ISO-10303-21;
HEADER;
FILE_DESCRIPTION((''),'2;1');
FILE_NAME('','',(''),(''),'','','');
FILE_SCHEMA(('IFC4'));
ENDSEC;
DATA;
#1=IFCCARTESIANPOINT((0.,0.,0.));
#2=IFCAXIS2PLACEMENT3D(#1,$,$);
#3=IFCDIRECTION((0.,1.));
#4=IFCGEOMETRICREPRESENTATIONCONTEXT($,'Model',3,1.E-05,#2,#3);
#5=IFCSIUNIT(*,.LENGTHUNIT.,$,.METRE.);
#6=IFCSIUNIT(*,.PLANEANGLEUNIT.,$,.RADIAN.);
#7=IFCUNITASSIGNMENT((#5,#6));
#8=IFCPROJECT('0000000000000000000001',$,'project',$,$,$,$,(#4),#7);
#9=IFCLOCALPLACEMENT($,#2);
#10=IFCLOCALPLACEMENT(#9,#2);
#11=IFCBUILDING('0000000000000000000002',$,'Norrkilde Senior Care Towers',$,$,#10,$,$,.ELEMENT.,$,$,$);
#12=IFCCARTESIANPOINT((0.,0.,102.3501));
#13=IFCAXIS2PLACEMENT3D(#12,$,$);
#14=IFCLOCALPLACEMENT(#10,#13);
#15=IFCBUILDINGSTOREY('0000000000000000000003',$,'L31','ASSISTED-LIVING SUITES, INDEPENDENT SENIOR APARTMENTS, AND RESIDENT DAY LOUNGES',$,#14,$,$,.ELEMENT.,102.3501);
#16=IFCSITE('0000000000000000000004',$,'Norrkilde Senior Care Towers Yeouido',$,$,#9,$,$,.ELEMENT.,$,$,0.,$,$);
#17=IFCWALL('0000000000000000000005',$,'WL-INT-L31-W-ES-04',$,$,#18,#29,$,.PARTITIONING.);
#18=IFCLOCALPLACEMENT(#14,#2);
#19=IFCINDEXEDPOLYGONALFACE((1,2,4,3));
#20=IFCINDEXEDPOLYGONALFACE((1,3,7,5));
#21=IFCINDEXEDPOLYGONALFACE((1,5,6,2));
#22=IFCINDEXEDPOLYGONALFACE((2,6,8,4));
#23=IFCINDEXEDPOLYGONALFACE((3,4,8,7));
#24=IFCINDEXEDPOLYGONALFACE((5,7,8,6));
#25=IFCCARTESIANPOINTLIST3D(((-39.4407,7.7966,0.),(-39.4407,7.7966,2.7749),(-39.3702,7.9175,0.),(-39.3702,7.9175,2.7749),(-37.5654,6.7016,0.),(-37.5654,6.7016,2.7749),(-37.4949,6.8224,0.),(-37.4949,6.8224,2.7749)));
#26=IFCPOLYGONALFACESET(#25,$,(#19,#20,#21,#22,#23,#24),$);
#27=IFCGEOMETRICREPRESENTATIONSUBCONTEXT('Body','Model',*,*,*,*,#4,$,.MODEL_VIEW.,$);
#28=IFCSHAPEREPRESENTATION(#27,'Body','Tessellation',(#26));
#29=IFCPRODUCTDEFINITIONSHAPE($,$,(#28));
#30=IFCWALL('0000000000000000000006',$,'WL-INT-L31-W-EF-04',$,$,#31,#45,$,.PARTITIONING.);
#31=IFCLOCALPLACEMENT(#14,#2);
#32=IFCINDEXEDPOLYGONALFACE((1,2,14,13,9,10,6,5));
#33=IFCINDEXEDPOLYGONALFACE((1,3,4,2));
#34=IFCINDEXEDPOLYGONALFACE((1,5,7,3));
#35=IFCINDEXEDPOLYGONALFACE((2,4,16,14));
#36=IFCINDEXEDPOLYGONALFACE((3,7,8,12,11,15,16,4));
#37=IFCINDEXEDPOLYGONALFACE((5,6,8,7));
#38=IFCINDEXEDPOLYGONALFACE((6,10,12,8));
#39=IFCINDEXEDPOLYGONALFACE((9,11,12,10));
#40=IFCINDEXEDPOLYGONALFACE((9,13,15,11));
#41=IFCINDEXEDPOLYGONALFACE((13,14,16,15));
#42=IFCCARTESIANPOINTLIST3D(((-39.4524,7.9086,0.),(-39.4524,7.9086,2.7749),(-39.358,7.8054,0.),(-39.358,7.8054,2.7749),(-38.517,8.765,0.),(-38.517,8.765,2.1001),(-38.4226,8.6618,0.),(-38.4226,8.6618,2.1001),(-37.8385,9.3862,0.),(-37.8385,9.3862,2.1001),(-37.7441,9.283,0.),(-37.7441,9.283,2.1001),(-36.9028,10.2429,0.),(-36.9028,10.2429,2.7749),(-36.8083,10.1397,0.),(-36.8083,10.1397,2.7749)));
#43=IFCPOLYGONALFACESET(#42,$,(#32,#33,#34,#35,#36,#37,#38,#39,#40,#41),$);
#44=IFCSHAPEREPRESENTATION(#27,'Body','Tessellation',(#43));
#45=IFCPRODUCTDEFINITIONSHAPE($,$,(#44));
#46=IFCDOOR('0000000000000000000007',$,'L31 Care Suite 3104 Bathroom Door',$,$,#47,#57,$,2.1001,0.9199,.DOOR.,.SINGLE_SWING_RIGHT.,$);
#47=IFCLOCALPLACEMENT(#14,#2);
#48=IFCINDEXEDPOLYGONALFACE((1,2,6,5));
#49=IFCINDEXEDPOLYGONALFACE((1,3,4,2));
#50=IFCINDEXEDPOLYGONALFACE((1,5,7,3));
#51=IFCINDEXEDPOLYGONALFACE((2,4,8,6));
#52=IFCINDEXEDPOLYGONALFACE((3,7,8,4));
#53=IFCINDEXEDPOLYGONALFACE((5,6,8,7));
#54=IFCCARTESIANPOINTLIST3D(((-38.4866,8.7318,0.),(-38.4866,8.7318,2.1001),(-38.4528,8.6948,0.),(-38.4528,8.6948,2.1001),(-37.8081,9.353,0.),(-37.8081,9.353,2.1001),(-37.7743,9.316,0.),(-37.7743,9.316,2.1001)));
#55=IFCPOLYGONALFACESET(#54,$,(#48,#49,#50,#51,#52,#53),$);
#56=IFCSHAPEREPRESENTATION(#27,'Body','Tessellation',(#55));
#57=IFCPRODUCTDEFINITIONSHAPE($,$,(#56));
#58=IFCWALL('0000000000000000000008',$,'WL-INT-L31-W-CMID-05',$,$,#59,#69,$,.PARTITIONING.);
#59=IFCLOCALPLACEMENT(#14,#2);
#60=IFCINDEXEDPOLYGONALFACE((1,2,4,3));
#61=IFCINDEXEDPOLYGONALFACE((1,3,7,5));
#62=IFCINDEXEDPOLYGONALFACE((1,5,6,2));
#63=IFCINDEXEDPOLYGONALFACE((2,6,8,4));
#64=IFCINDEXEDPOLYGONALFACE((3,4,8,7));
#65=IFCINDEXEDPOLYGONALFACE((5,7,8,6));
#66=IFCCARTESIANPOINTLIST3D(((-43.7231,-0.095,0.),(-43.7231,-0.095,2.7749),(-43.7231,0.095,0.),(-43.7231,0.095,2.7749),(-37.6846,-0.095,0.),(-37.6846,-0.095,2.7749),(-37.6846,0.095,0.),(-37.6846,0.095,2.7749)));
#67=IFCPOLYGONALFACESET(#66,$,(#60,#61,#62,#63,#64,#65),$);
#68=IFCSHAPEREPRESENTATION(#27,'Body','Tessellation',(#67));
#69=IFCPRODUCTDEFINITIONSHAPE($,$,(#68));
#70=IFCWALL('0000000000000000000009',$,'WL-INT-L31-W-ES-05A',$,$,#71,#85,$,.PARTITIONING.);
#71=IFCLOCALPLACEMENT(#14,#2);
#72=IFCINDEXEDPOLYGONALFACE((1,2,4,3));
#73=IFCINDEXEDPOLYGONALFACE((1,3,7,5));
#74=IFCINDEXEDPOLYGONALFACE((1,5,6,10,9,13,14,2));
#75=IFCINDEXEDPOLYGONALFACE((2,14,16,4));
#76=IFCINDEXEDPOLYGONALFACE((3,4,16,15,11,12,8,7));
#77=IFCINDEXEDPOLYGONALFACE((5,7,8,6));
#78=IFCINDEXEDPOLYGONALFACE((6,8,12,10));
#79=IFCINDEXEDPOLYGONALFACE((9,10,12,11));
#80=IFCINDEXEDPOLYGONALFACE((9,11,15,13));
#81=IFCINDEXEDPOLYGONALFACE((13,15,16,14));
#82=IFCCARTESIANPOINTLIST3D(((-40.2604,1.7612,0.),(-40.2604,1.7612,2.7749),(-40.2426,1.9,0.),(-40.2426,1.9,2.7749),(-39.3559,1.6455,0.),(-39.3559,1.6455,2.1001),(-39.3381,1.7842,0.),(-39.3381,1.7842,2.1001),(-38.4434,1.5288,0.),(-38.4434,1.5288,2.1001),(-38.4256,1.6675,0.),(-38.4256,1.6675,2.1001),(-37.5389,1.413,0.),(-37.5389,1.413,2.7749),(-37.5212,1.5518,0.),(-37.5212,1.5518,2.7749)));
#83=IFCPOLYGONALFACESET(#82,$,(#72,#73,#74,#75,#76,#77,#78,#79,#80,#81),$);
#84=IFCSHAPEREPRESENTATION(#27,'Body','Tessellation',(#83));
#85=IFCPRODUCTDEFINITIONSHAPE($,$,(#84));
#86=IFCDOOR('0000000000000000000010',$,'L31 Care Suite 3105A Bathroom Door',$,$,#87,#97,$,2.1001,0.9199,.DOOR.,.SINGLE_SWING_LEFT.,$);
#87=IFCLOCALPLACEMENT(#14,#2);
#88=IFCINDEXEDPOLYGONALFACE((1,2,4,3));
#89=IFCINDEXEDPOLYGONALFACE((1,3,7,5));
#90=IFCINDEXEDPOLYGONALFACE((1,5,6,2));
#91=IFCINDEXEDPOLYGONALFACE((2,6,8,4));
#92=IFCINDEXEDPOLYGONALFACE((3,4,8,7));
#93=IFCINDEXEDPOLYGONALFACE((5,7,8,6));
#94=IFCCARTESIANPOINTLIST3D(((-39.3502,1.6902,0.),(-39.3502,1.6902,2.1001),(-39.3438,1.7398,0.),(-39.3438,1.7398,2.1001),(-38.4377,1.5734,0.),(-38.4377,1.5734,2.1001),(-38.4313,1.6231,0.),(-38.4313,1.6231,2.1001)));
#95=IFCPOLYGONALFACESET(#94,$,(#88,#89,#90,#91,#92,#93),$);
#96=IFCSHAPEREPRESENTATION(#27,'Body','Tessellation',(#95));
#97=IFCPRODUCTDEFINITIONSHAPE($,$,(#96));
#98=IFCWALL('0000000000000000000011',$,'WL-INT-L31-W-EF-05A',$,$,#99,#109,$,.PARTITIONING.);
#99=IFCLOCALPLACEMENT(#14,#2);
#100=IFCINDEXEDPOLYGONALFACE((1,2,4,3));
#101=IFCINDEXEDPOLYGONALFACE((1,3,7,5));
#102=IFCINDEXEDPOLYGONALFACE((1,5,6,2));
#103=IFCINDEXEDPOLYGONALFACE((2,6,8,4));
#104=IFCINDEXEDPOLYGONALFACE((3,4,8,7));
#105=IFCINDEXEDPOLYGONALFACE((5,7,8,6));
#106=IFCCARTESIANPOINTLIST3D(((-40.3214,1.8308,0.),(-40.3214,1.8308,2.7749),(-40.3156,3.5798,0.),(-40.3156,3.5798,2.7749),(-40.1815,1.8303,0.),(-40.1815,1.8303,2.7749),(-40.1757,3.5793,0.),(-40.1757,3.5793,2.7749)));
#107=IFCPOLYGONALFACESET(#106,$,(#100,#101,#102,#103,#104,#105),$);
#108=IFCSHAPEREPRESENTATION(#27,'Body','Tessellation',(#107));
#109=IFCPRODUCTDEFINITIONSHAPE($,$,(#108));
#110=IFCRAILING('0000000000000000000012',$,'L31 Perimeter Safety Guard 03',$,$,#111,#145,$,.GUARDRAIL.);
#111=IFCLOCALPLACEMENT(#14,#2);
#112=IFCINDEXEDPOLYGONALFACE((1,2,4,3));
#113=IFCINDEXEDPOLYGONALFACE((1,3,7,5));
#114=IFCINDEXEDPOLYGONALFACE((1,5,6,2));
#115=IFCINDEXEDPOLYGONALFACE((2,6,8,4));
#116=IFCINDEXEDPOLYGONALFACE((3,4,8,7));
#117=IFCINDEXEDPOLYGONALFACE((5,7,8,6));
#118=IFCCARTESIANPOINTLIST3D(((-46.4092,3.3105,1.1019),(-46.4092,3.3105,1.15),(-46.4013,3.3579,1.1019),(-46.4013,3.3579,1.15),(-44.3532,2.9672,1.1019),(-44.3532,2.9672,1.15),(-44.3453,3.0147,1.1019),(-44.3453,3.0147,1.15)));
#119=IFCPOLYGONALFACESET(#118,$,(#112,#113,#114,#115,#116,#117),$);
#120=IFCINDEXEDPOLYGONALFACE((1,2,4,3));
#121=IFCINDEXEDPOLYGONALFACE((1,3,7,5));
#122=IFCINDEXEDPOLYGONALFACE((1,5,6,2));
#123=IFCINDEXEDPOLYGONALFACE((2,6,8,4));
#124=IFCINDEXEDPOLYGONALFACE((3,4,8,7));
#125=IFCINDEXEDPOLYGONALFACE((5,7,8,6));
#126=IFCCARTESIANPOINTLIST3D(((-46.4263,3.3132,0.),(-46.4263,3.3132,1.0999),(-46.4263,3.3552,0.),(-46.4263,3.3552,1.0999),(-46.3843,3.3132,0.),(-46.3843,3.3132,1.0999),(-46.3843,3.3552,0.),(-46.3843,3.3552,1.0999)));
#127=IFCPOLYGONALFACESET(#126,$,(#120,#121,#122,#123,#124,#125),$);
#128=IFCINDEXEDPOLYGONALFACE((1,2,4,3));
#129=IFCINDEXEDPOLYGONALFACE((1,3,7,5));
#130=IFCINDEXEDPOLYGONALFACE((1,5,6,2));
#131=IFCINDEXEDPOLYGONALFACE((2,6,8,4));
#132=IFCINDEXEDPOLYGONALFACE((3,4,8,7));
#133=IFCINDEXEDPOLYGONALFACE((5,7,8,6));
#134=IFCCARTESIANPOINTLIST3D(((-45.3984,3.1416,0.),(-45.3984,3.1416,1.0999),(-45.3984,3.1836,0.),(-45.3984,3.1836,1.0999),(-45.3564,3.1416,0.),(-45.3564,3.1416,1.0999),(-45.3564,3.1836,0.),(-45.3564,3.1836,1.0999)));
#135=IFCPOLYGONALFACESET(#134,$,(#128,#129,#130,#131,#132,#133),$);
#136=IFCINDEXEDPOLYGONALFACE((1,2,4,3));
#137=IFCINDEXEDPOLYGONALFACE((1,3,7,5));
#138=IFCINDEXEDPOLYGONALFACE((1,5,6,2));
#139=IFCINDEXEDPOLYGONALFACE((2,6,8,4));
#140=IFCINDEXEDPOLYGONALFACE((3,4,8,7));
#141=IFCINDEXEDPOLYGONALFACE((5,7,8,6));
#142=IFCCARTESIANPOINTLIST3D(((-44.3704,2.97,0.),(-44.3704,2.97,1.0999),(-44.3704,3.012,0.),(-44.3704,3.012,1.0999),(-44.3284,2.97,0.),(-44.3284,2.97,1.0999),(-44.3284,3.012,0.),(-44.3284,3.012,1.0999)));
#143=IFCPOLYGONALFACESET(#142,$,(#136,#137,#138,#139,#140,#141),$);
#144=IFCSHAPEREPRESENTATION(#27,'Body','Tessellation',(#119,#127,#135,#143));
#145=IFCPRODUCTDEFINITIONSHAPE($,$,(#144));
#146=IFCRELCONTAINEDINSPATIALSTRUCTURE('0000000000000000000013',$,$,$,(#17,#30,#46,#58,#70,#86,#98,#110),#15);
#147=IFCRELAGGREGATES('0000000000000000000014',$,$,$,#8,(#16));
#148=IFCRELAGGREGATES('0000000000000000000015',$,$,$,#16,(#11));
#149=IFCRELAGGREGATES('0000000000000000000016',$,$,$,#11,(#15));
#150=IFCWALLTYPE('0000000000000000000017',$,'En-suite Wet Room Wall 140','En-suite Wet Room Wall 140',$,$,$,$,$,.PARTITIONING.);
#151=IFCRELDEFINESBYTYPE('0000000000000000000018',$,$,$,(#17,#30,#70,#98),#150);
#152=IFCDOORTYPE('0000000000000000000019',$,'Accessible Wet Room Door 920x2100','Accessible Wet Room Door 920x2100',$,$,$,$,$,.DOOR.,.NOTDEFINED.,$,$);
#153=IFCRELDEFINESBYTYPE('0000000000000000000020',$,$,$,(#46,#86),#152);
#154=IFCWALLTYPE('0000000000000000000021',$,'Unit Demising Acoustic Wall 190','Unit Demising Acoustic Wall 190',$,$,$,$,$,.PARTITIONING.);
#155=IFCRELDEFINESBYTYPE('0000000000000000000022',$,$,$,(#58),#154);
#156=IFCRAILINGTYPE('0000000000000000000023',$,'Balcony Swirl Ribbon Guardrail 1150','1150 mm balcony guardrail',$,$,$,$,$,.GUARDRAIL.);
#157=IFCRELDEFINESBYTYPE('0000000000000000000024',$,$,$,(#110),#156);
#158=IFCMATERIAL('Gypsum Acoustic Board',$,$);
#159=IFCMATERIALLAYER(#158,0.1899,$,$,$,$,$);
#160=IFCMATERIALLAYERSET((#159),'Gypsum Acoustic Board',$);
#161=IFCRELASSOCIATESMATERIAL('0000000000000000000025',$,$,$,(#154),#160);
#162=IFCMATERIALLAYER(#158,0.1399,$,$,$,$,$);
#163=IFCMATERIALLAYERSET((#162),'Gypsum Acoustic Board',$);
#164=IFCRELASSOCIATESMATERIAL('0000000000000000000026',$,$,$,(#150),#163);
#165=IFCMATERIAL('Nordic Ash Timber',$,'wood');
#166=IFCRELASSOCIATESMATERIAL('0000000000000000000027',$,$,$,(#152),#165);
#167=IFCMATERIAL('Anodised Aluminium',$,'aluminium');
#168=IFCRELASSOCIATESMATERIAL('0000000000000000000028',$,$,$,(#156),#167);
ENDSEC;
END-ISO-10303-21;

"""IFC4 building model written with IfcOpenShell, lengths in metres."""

from ifc_helpers import new_model, si_unit, direction, frame, frame_2d, origin, origin_2d, place, context, subcontext, project, spatial, rectangle, extrude, source, transform, mapped, material, layer, layer_set, type_object, type_shapes, element, fill, save


model = new_model("IFC4")

# Units and contexts
model_context = context("Model", 3, precision=1e-05, world=origin(), true_north=direction((0.0, 1.0)))
body_context = subcontext(model_context, "Body", "Model", "MODEL_VIEW")
ifc_project = project(units=[si_unit("LENGTHUNIT", "METRE"), si_unit("PLANEANGLEUNIT", "RADIAN")], contexts=[model_context])

# Site, building, storey
site_placement = place(None, origin())
site = spatial("IfcSite", under=ifc_project, at=site_placement, Name="Norrkilde Senior Care Towers Yeouido", CompositionType="ELEMENT", RefElevation=0.0)
building_placement = place(site_placement, origin())
building = spatial("IfcBuilding", under=site, at=building_placement, Name="Norrkilde Senior Care Towers", CompositionType="ELEMENT")
storey_placement = place(building_placement, frame((0.0, 0.0, 102.3501)))
storey = spatial("IfcBuildingStorey", under=building, at=storey_placement, Name="L31", Description="ASSISTED-LIVING SUITES, INDEPENDENT SENIOR APARTMENTS, AND RESIDENT DAY LOUNGES", CompositionType="ELEMENT", Elevation=102.3501)

# Shared definitions
ifc_material_1 = material(Name="Anodised Aluminium", Category="aluminium")

# Wall
ifc_material_2 = material(Name="Gypsum Acoustic Board")
ifc_layer_1 = layer(ifc_material_2, 0.1899)
ifc_layer_set_1 = layer_set([ifc_layer_1], Name="Gypsum Acoustic Board")
wall_type_1 = type_object("IfcWallType", Name="Unit Demising Acoustic Wall 190", Description="Unit Demising Acoustic Wall 190", PredefinedType="PARTITIONING", material=ifc_layer_set_1)
ifc_layer_2 = layer(ifc_material_2, 0.1399)
ifc_layer_set_2 = layer_set([ifc_layer_2], Name="Gypsum Acoustic Board")
wall_type_2 = type_object("IfcWallType", Name="En-suite Wet Room Wall 140", Description="En-suite Wet Room Wall 140", PredefinedType="PARTITIONING", material=ifc_layer_set_2)
shared_shape_1 = source(origin(), body_context, "Body", "SweptSolid", [
    extrude(rectangle(XDim=2.1716, YDim=0.1399, at=frame_2d((1.0859, 0.0))), origin(), (0.0, 0.0, 1.0), 2.7749),
])
wall_1_placement = place(storey_placement, frame((-37.53, 6.762, 0.0), z_axis=(0.0, 0.0, 1.0), x_axis=(-0.863563, 0.504241, 0.0)))
element("IfcWall", 1, at=wall_1_placement, inside=storey, type_object=wall_type_2, Name="WL-INT-L31-W-ES-04", PredefinedType="PARTITIONING", context=body_context, shape_type="MappedRepresentation", body=[
    mapped(shared_shape_1, transform((0.0, 0.0, 0.0), x_axis=(1.0, 0.0, 0.0), y_axis=(0.0, 1.0, 0.0), z_axis=(0.0, 0.0, 1.0), scale=1.0)),
])

# Wall, opening, door
shared_shape_2 = source(origin(), body_context, "Body", "SweptSolid", [
    extrude(rectangle(XDim=3.4568, YDim=0.1399, at=frame_2d((1.7285, 0.0))), origin(), (0.0, 0.0, 1.0), 2.7749),
])
wall_2_placement = place(storey_placement, frame((-39.4053, 7.8569, 0.0), z_axis=(0.0, 0.0, 1.0), x_axis=(0.737567, 0.675274, 0.0)))
wall_2 = element("IfcWall", 2, at=wall_2_placement, inside=storey, type_object=wall_type_2, Name="WL-INT-L31-W-EF-04", PredefinedType="PARTITIONING", context=body_context, shape_type="MappedRepresentation", body=[
    mapped(shared_shape_2, transform((0.0, 0.0, 0.0), x_axis=(1.0, 0.0, 0.0), y_axis=(0.0, 1.0, 0.0), z_axis=(0.0, 0.0, 1.0), scale=1.0)),
])
opening_1_placement = place(wall_2_placement, frame((1.2683, 0.0, 0.0)))
opening_1 = element("IfcOpeningElement", 3, at=opening_1_placement, cuts=wall_2, PredefinedType="OPENING", context=body_context, shape_type="SweptSolid", body=[
    extrude(rectangle(XDim=0.9199, YDim=2.1001, at=frame_2d((0.46, 1.05))), frame((0.0, 0.0798, 0.0), z_axis=(0.0, -1.0, 0.0), x_axis=(1.0, 0.0, 0.0)), (0.0, 0.0, 1.0), 0.1599),
])
ifc_material_3 = material(Name="Nordic Ash Timber", Category="wood")
door_type = type_object("IfcDoorType", Name="Accessible Wet Room Door 920x2100", Description="Accessible Wet Room Door 920x2100", OperationType="NOTDEFINED", PredefinedType="DOOR", material=ifc_material_3)
shared_shape_3 = source(origin(), body_context, "Body", "SweptSolid", [
    extrude(rectangle(XDim=0.9199, YDim=2.1001, at=frame_2d((0.46, 1.05))), frame((0.0, 0.0249, 0.0), z_axis=(0.0, -1.0, 0.0), x_axis=(1.0, 0.0, 0.0)), (0.0, 0.0, 1.0), 0.05),
])
type_shapes(door_type, [shared_shape_3])
door_1_placement = place(opening_1_placement, origin())
door_1 = element("IfcDoor", 4, at=door_1_placement, inside=storey, type_object=door_type, Name="L31 Care Suite 3104 Bathroom Door", OperationType="SINGLE_SWING_RIGHT", OverallHeight=2.1001, OverallWidth=0.9199, PredefinedType="DOOR", context=body_context, shape_type="MappedRepresentation", body=[
    mapped(shared_shape_3, transform((0.0, 0.0, 0.0), x_axis=(1.0, 0.0, 0.0), y_axis=(0.0, 1.0, 0.0), z_axis=(0.0, 0.0, 1.0), scale=1.0)),
])
fill(opening_1, door_1)

# Wall
shared_shape_4 = source(origin(), body_context, "Body", "SweptSolid", [
    extrude(rectangle(XDim=6.0386, YDim=0.1899, at=frame_2d((3.0193, 0.0))), origin(), (0.0, 0.0, 1.0), 2.7749),
])
wall_3_placement = place(storey_placement, frame((-37.6846, 0.0, 0.0), z_axis=(0.0, 0.0, 1.0), x_axis=(-1.0, 0.0, 0.0)))
element("IfcWall", 5, at=wall_3_placement, inside=storey, type_object=wall_type_1, Name="WL-INT-L31-W-CMID-05", PredefinedType="PARTITIONING", context=body_context, shape_type="MappedRepresentation", body=[
    mapped(shared_shape_4, transform((0.0, 0.0, 0.0), x_axis=(1.0, 0.0, 0.0), y_axis=(0.0, 1.0, 0.0), z_axis=(0.0, 0.0, 1.0), scale=1.0)),
])

# Wall, opening, door
shared_shape_5 = source(origin(), body_context, "Body", "SweptSolid", [
    extrude(rectangle(XDim=2.7437, YDim=0.1399, at=frame_2d((1.3718, 0.0))), origin(), (0.0, 0.0, 1.0), 2.7749),
])
wall_4_placement = place(storey_placement, frame((-37.53, 1.4824, 0.0), z_axis=(0.0, 0.0, 1.0), x_axis=(-0.991916, 0.126893, 0.0)))
wall_4 = element("IfcWall", 6, at=wall_4_placement, inside=storey, type_object=wall_type_2, Name="WL-INT-L31-W-ES-05A", PredefinedType="PARTITIONING", context=body_context, shape_type="MappedRepresentation", body=[
    mapped(shared_shape_5, transform((0.0, 0.0, 0.0), x_axis=(1.0, 0.0, 0.0), y_axis=(0.0, 1.0, 0.0), z_axis=(0.0, 0.0, 1.0), scale=1.0)),
])
opening_2_placement = place(wall_4_placement, frame((0.9119, 0.0, 0.0)))
opening_2 = element("IfcOpeningElement", 7, at=opening_2_placement, cuts=wall_4, PredefinedType="OPENING", context=body_context, shape_type="SweptSolid", body=[
    extrude(rectangle(XDim=0.9199, YDim=2.1001, at=frame_2d((0.46, 1.05))), frame((0.0, 0.0798, 0.0), z_axis=(0.0, -1.0, 0.0), x_axis=(1.0, 0.0, 0.0)), (0.0, 0.0, 1.0), 0.1599),
])
door_2_placement = place(opening_2_placement, origin())
door_2 = element("IfcDoor", 8, at=door_2_placement, inside=storey, type_object=door_type, Name="L31 Care Suite 3105A Bathroom Door", OperationType="SINGLE_SWING_LEFT", OverallHeight=2.1001, OverallWidth=0.9199, PredefinedType="DOOR", context=body_context, shape_type="MappedRepresentation", body=[
    mapped(shared_shape_3, transform((0.0, 0.0, 0.0), x_axis=(1.0, 0.0, 0.0), y_axis=(0.0, 1.0, 0.0), z_axis=(0.0, 0.0, 1.0), scale=1.0)),
])
fill(opening_2, door_2)

# Wall
shared_shape_6 = source(origin(), body_context, "Body", "SweptSolid", [
    extrude(rectangle(XDim=1.749, YDim=0.1399, at=frame_2d((0.8745, 0.0))), origin(), (0.0, 0.0, 1.0), 2.7749),
])
type_shapes(wall_type_2, [shared_shape_1, shared_shape_2, shared_shape_5, shared_shape_6])
wall_5_placement = place(storey_placement, frame((-40.2515, 1.8306, 0.0), z_axis=(0.0, 0.0, 1.0), x_axis=(0.00335, 0.999994, 0.0)))
element("IfcWall", 9, at=wall_5_placement, inside=storey, type_object=wall_type_2, Name="WL-INT-L31-W-EF-05A", PredefinedType="PARTITIONING", context=body_context, shape_type="MappedRepresentation", body=[
    mapped(shared_shape_6, transform((0.0, 0.0, 0.0), x_axis=(1.0, 0.0, 0.0), y_axis=(0.0, 1.0, 0.0), z_axis=(0.0, 0.0, 1.0), scale=1.0)),
])

# Railing
railing_type = type_object("IfcRailingType", Name="Balcony Swirl Ribbon Guardrail 1150", Description="1150 mm balcony guardrail", PredefinedType="GUARDRAIL", material=ifc_material_1)
railing_placement = place(storey_placement, frame((-46.4053, 3.3342, 0.0)))
element("IfcRailing", 10, at=railing_placement, inside=storey, type_object=railing_type, Name="L31 Perimeter Safety Guard 03", PredefinedType="GUARDRAIL", context=body_context, shape_type="SweptSolid", body=[
    extrude(rectangle(XDim=0.0481, YDim=0.0481, at=origin_2d()), frame((0.0, 0.0, 1.126), z_axis=(0.986346, -0.164684, 0.0), x_axis=(0.164684, 0.986346, 0.0)), (0.0, 0.0, 1.0), 2.0845),
    extrude(rectangle(XDim=0.042, YDim=0.042, at=origin_2d()), origin(), (0.0, 0.0, 1.0), 1.0999),
    extrude(rectangle(XDim=0.042, YDim=0.042, at=origin_2d()), frame((1.0278, -0.1716, 0.0)), (0.0, 0.0, 1.0), 1.0999),
    extrude(rectangle(XDim=0.042, YDim=0.042, at=origin_2d()), frame((2.0559, -0.3433, 0.0)), (0.0, 0.0, 1.0), 1.0999),
])

save(model, "model.ifc")
